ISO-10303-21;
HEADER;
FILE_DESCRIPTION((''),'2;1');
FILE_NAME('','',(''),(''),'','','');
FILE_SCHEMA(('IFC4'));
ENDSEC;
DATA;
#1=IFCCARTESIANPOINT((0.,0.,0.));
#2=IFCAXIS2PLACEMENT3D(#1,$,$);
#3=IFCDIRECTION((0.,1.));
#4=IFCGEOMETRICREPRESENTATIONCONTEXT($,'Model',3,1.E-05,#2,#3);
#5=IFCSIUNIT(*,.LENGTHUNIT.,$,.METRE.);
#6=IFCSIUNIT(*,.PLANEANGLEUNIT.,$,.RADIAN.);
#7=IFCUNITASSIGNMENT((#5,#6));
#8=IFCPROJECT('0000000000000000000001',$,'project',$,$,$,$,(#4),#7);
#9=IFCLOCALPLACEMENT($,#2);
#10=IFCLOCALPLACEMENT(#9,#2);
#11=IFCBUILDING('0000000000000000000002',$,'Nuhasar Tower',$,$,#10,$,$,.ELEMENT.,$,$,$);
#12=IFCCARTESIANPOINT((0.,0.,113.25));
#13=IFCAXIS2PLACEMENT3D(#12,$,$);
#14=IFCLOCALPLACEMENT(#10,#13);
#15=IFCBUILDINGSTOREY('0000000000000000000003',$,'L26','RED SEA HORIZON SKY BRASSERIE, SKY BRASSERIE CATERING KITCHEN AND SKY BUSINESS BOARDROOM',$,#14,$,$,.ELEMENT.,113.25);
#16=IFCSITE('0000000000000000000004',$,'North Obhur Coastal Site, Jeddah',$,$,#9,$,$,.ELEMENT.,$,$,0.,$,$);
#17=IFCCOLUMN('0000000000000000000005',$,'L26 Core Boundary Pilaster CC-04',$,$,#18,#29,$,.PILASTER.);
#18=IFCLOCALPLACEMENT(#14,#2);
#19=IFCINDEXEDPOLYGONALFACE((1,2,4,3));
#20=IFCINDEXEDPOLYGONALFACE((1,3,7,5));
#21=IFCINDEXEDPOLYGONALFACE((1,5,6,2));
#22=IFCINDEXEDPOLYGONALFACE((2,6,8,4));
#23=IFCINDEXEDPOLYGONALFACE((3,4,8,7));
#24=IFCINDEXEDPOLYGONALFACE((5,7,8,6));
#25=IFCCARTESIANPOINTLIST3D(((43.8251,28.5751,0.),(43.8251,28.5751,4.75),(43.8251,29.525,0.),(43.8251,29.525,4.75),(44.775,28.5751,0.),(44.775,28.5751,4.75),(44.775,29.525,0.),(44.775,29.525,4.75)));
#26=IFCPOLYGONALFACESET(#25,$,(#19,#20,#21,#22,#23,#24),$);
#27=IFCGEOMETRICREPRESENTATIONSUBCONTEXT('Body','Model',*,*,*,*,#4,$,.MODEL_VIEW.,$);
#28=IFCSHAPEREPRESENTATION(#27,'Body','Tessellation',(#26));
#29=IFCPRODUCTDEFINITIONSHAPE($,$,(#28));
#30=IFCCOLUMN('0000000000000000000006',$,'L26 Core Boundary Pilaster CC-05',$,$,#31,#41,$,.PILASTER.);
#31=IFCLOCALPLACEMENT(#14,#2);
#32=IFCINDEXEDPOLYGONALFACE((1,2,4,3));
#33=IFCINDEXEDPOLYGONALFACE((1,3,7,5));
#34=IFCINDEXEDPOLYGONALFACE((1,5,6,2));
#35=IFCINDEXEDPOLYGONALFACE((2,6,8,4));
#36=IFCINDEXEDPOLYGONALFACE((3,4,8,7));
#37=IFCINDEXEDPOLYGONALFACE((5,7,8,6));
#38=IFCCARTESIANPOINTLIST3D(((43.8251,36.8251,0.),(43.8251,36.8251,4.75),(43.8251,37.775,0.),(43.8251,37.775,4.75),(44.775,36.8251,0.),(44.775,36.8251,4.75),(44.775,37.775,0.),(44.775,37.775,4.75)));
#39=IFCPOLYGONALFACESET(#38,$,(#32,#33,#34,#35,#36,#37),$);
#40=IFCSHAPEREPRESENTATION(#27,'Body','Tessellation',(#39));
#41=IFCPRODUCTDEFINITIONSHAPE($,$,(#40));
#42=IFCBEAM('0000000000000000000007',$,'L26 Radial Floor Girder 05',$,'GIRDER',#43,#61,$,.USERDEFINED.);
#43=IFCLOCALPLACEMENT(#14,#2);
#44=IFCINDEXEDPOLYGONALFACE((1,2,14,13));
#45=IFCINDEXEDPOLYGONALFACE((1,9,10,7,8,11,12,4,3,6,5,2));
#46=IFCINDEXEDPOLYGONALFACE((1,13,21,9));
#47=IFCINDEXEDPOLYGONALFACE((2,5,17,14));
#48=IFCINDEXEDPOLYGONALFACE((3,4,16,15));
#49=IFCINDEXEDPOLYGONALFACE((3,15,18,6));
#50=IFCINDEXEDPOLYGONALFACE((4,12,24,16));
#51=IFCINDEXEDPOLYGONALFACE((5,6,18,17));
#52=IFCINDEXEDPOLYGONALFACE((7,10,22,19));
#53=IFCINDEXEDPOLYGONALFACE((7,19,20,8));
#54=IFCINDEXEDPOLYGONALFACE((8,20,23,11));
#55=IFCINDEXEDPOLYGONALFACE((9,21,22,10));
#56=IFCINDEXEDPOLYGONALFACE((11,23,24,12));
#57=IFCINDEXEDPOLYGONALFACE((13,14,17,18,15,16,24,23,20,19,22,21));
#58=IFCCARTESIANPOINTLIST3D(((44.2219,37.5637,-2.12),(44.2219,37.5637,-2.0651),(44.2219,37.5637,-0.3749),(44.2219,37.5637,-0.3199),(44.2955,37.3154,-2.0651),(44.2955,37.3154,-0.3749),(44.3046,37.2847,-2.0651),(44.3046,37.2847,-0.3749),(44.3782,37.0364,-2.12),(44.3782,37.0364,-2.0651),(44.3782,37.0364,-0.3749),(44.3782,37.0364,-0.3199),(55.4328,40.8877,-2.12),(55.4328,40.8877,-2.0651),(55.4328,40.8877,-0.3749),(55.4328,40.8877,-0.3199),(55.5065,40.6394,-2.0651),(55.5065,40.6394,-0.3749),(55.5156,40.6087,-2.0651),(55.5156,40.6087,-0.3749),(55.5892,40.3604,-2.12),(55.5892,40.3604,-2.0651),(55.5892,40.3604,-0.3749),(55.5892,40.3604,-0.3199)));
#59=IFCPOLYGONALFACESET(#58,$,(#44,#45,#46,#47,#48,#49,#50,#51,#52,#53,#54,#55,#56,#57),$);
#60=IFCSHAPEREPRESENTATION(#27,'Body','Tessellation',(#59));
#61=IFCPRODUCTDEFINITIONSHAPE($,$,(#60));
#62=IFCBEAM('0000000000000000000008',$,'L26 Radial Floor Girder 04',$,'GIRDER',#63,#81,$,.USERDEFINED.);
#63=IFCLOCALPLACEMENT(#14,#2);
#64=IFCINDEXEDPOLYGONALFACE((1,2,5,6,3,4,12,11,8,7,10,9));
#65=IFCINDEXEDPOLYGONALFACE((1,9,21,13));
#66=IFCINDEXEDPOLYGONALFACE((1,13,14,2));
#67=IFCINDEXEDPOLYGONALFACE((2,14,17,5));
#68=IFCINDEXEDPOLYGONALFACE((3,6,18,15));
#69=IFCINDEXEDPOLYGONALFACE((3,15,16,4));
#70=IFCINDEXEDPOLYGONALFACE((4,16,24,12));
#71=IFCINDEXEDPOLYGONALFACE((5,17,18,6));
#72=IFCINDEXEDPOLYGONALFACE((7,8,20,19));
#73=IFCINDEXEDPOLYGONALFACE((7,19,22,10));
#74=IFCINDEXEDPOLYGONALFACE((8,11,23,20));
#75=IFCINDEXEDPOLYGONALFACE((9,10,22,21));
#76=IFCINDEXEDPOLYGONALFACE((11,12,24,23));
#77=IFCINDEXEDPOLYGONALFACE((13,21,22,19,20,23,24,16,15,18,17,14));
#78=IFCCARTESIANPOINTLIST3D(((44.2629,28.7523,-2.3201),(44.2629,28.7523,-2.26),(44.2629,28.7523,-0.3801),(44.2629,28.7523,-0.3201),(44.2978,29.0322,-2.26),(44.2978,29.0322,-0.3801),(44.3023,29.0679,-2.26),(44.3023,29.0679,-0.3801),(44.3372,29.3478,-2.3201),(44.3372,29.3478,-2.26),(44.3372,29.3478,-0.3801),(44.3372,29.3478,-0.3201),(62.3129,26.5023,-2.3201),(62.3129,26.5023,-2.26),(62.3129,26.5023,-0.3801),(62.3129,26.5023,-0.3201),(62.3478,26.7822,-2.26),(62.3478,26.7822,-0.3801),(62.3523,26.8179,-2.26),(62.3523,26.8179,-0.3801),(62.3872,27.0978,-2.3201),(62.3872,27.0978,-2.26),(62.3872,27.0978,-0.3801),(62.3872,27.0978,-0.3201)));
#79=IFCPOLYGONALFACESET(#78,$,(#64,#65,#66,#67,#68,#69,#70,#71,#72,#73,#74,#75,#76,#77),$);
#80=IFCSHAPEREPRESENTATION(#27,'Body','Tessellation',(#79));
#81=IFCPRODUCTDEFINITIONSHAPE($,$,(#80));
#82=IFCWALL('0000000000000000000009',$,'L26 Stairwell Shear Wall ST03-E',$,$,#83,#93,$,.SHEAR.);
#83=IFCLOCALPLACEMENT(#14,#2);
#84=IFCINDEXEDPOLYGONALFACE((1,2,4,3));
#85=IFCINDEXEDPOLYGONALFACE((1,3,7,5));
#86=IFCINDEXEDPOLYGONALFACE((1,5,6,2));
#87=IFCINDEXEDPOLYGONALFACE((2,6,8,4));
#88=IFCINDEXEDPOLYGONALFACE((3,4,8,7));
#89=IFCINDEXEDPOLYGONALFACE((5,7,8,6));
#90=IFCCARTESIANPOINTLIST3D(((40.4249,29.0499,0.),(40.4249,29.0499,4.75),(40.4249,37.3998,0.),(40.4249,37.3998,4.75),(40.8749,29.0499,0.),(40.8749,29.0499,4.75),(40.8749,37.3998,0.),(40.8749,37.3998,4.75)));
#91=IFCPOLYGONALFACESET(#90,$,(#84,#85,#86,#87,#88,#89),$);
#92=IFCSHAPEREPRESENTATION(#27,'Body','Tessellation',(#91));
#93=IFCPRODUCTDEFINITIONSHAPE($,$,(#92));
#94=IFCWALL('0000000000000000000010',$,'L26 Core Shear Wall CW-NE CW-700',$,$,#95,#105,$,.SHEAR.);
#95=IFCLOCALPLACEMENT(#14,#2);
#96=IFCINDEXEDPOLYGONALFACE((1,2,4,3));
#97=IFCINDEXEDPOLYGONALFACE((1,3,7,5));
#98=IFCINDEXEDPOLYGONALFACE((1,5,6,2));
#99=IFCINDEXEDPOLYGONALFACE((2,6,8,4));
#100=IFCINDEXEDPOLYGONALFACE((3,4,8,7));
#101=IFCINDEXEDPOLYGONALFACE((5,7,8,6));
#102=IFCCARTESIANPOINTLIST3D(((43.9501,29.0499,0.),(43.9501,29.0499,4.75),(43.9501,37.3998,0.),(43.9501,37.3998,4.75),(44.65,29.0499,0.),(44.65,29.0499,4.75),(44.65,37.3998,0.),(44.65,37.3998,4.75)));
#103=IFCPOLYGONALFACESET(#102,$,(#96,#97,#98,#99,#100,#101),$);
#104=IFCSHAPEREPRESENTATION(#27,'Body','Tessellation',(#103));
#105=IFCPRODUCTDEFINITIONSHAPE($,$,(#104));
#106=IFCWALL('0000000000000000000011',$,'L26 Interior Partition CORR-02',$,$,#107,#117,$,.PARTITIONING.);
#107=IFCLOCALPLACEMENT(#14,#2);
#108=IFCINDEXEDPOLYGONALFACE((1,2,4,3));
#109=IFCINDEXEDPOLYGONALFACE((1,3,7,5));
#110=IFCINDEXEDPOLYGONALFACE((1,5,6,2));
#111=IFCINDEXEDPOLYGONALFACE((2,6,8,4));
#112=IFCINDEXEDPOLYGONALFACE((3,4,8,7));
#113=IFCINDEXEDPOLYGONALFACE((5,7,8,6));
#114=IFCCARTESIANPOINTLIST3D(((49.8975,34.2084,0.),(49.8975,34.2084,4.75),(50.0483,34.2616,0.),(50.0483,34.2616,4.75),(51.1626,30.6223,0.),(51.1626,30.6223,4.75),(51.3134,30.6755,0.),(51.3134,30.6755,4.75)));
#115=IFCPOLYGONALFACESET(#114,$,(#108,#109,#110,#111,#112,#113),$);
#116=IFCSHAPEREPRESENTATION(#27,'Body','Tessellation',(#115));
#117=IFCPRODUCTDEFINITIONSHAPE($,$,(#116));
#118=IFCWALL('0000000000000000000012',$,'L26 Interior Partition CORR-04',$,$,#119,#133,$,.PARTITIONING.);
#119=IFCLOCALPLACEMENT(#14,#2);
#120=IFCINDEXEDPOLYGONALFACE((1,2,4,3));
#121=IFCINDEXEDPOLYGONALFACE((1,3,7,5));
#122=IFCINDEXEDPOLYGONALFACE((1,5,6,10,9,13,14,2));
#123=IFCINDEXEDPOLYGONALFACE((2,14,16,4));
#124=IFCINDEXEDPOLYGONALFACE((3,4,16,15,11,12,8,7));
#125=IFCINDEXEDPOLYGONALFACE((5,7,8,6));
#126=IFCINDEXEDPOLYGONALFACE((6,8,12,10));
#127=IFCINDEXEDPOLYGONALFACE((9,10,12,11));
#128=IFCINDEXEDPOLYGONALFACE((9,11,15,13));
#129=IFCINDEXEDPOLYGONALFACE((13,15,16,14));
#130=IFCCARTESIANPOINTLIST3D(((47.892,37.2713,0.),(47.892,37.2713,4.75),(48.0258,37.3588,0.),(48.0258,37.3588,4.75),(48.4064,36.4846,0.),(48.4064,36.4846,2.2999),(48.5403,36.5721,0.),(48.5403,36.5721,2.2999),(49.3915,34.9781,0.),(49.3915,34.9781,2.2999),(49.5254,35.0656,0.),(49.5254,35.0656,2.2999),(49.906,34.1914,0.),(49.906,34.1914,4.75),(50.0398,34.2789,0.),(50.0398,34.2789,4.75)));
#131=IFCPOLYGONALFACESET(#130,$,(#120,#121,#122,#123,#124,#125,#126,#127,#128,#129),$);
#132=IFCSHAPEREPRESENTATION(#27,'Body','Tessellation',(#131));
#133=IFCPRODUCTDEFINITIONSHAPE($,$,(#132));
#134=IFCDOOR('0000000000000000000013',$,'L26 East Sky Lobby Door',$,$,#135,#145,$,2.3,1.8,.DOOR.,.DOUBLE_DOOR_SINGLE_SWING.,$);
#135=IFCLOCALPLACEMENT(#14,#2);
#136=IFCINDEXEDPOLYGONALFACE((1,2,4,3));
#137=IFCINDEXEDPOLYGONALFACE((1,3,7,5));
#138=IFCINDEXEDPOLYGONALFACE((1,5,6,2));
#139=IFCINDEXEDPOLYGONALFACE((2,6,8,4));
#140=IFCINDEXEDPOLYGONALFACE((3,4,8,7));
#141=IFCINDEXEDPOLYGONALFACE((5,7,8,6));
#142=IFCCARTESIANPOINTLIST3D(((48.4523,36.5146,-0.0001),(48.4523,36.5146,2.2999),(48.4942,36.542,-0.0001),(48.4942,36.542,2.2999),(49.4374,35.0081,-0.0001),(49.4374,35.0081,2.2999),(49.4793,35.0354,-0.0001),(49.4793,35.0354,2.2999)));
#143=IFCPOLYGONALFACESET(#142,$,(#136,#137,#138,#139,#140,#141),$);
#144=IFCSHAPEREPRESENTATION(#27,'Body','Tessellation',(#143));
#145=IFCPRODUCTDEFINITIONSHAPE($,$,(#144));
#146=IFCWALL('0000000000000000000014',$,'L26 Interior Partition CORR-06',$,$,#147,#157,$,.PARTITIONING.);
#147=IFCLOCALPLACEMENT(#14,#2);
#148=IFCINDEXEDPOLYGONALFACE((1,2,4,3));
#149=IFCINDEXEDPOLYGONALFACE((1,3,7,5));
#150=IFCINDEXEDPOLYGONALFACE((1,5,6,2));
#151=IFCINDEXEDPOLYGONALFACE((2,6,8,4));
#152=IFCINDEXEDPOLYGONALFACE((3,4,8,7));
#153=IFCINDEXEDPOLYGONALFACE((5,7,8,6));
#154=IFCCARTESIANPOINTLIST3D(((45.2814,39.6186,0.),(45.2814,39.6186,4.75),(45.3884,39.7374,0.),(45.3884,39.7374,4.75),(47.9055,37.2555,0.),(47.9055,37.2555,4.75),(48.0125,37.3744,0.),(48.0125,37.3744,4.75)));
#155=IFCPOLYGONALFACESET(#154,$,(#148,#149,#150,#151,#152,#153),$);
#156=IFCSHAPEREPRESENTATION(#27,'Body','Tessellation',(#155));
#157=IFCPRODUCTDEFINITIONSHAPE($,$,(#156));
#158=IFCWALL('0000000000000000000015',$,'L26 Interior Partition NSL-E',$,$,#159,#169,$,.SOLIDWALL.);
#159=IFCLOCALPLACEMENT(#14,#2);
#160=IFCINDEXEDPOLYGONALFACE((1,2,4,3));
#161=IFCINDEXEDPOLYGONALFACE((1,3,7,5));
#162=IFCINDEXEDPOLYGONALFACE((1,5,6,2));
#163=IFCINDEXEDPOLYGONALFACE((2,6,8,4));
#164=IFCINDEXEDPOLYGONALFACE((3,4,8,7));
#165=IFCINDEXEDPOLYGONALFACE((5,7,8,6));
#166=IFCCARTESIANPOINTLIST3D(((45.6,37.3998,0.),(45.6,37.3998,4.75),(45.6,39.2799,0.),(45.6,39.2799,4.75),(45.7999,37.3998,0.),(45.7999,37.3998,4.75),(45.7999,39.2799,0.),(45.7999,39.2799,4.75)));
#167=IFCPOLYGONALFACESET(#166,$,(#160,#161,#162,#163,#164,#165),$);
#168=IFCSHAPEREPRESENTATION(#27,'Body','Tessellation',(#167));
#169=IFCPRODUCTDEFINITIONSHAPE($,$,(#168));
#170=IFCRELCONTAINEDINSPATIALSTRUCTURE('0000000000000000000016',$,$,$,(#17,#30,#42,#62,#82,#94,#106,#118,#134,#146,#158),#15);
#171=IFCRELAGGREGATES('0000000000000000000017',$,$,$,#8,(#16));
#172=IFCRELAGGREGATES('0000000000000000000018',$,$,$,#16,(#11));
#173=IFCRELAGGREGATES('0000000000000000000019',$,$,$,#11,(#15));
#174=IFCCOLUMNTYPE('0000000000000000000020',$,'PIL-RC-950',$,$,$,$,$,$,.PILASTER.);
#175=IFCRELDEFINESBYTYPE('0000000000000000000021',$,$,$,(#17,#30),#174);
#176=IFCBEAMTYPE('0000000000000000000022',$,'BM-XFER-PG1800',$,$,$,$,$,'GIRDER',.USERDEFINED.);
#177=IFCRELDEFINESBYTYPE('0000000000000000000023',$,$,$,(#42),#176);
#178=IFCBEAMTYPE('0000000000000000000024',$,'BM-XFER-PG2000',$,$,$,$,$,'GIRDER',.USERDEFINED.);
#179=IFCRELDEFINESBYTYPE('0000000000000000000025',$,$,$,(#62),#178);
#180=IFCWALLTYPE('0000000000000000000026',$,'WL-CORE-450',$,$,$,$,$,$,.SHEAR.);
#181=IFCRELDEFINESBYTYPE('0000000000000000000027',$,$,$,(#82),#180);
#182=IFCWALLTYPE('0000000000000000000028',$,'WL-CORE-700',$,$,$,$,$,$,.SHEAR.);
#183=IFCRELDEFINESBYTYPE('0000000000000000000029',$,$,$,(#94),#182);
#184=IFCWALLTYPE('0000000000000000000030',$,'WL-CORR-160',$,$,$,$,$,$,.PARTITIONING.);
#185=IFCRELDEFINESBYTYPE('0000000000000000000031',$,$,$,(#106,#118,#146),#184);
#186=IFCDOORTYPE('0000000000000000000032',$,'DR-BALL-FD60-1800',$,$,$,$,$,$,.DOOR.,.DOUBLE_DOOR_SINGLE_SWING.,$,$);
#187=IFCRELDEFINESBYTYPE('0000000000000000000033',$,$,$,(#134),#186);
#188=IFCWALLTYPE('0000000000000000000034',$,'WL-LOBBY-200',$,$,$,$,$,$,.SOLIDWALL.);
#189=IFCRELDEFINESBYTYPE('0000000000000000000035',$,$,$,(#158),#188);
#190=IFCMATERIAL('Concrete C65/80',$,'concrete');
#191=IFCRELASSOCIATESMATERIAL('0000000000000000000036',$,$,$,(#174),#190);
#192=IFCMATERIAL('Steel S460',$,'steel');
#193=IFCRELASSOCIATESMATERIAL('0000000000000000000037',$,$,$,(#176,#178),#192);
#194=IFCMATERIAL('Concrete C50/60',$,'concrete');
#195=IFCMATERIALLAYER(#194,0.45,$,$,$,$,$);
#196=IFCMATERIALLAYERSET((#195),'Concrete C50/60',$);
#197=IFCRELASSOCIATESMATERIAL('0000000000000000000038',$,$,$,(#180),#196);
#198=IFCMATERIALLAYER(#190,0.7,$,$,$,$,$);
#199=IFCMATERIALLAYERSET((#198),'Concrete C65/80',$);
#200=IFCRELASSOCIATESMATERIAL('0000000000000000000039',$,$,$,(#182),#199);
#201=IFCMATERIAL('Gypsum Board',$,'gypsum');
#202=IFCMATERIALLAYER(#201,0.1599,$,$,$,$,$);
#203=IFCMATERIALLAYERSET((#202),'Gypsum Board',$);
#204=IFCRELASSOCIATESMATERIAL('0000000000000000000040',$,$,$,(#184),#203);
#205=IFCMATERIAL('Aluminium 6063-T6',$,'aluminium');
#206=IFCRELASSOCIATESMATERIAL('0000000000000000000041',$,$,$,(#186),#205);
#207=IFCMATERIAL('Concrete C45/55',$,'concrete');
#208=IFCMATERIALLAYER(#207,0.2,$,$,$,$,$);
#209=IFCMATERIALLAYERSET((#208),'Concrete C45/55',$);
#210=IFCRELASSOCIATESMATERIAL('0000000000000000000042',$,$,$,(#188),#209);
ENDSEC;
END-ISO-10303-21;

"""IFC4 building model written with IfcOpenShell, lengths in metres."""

from ifc_helpers import new_model, si_unit, direction, frame, frame_2d, origin, origin_2d, place, context, subcontext, project, spatial, rectangle, i_section, extrude, material, layer, layer_set, material_profile, profile_set, type_object, element, fill, save


model = new_model("IFC4")

# Units and contexts
model_context = context("Model", 3, precision=1e-05, world=origin(), true_north=direction((0.0, 1.0)))
body_context = subcontext(model_context, "Body", "Model", "MODEL_VIEW")
ifc_project = project(units=[si_unit("LENGTHUNIT", "METRE"), si_unit("PLANEANGLEUNIT", "RADIAN")], contexts=[model_context])

# Site, building, storey
site_placement = place(None, origin())
site = spatial("IfcSite", under=ifc_project, at=site_placement, Name="North Obhur Coastal Site, Jeddah", CompositionType="ELEMENT", RefElevation=0.0)
building_placement = place(site_placement, origin())
building = spatial("IfcBuilding", under=site, at=building_placement, Name="Nuhasar Tower", CompositionType="ELEMENT")
storey_placement = place(building_placement, frame((0.0, 0.0, 113.25)))
storey = spatial("IfcBuildingStorey", under=building, at=storey_placement, Name="L26", Description="RED SEA HORIZON SKY BRASSERIE, SKY BRASSERIE CATERING KITCHEN AND SKY BUSINESS BOARDROOM", CompositionType="ELEMENT", Elevation=113.25)

# Columns
ifc_material_1 = material(Name="Concrete C65/80", Category="concrete")
ifc_material_profile_1 = material_profile(ifc_material_1, rectangle(XDim=0.95, YDim=0.95, at=origin_2d()), Name="RC950X950")
ifc_profile_set_1 = profile_set([ifc_material_profile_1], Name="Concrete C65/80")
column_type = type_object("IfcColumnType", Name="PIL-RC-950", PredefinedType="PILASTER", material=ifc_profile_set_1)
for number, where, z_axis, x_axis, name in (
    (1, (44.3, 29.05, 0.0), (0.0, 0.0, 1.0), (1.0, 0.0, 0.0), "L26 Core Boundary Pilaster CC-04"),
    (2, (44.3, 37.3, 0.0), (0.0, 0.0, 1.0), (1.0, 0.0, 0.0), "L26 Core Boundary Pilaster CC-05"),
):
    element("IfcColumn", number, at=place(storey_placement, frame(where, z_axis=z_axis, x_axis=x_axis)), inside=storey, type_object=column_type, Name=name, PredefinedType="PILASTER", context=body_context, shape_type="SweptSolid", body=[
        extrude(rectangle(XDim=0.95, YDim=0.95, at=origin_2d()), origin(), (0.0, 0.0, 1.0), 4.75),
    ])

# Beams
ifc_material_2 = material(Name="Steel S460", Category="steel")
ifc_material_profile_2 = material_profile(ifc_material_2, i_section(OverallWidth=0.55, OverallDepth=1.8, WebThickness=0.032, FlangeThickness=0.0549, at=origin_2d()), Name="PG1800X550")
ifc_profile_set_2 = profile_set([ifc_material_profile_2], Name="Steel S460")
beam_type_1 = type_object("IfcBeamType", Name="BM-XFER-PG1800", ElementType="GIRDER", PredefinedType="USERDEFINED", material=ifc_profile_set_2)
beam_1_placement = place(storey_placement, frame((44.3, 37.3, -1.22), z_axis=(0.958746, 0.284262, 0.0), x_axis=(-0.284262, 0.958746, 0.0)))
element("IfcBeam", 3, at=beam_1_placement, inside=storey, type_object=beam_type_1, Name="L26 Radial Floor Girder 05", ObjectType="GIRDER", PredefinedType="USERDEFINED", context=body_context, shape_type="SweptSolid", body=[
    extrude(i_section(OverallWidth=0.55, OverallDepth=1.8, WebThickness=0.032, FlangeThickness=0.0549, at=origin_2d()), origin(), (0.0, 0.0, 1.0), 11.6934),
])
ifc_material_profile_3 = material_profile(ifc_material_2, i_section(OverallWidth=0.6001, OverallDepth=2.0, WebThickness=0.0359, FlangeThickness=0.0601, at=origin_2d()), Name="PG2000X600")
ifc_profile_set_3 = profile_set([ifc_material_profile_3], Name="Steel S460")
beam_type_2 = type_object("IfcBeamType", Name="BM-XFER-PG2000", ElementType="GIRDER", PredefinedType="USERDEFINED", material=ifc_profile_set_3)
beam_2_placement = place(storey_placement, frame((44.3, 29.05, -1.3201), z_axis=(0.99232, -0.123696, 0.0), x_axis=(0.123696, 0.99232, 0.0)))
element("IfcBeam", 4, at=beam_2_placement, inside=storey, type_object=beam_type_2, Name="L26 Radial Floor Girder 04", ObjectType="GIRDER", PredefinedType="USERDEFINED", context=body_context, shape_type="SweptSolid", body=[
    extrude(i_section(OverallWidth=0.6001, OverallDepth=2.0, WebThickness=0.0359, FlangeThickness=0.0601, at=origin_2d()), origin(), (0.0, 0.0, 1.0), 18.1897),
])

# Shared definitions
ifc_material_3 = material(Name="Concrete C50/60", Category="concrete")
ifc_layer_1 = layer(ifc_material_3, 0.45)
ifc_layer_set_1 = layer_set([ifc_layer_1], Name="Concrete C50/60")
wall_type_1 = type_object("IfcWallType", Name="WL-CORE-450", PredefinedType="SHEAR", material=ifc_layer_set_1)

# Wall
wall_1_placement = place(storey_placement, frame((40.6499, 29.05, 0.0), z_axis=(0.0, 0.0, 1.0), x_axis=(0.0, 1.0, 0.0)))
element("IfcWall", 5, at=wall_1_placement, inside=storey, type_object=wall_type_1, Name="L26 Stairwell Shear Wall ST03-E", PredefinedType="SHEAR", context=body_context, shape_type="SweptSolid", body=[
    extrude(rectangle(XDim=8.3499, YDim=0.45, at=frame_2d((4.1748, 0.0))), origin(), (0.0, 0.0, 1.0), 4.75),
])

# Walls
ifc_layer_2 = layer(ifc_material_1, 0.7)
ifc_layer_set_2 = layer_set([ifc_layer_2], Name="Concrete C65/80")
wall_type_2 = type_object("IfcWallType", Name="WL-CORE-700", PredefinedType="SHEAR", material=ifc_layer_set_2)
wall_2_placement = place(storey_placement, frame((44.3, 29.05, 0.0), z_axis=(0.0, 0.0, 1.0), x_axis=(0.0, 1.0, 0.0)))
element("IfcWall", 6, at=wall_2_placement, inside=storey, type_object=wall_type_2, Name="L26 Core Shear Wall CW-NE CW-700", PredefinedType="SHEAR", context=body_context, shape_type="SweptSolid", body=[
    extrude(rectangle(XDim=8.3499, YDim=0.7, at=frame_2d((4.1748, 0.0))), origin(), (0.0, 0.0, 1.0), 4.75),
])
ifc_material_4 = material(Name="Gypsum Board", Category="gypsum")
ifc_layer_3 = layer(ifc_material_4, 0.1599)
ifc_layer_set_3 = layer_set([ifc_layer_3], Name="Gypsum Board")
wall_type_3 = type_object("IfcWallType", Name="WL-CORR-160", PredefinedType="PARTITIONING", material=ifc_layer_set_3)
wall_3_placement = place(storey_placement, frame((51.238, 30.6489, 0.0), z_axis=(0.0, 0.0, 1.0), x_axis=(-0.332686, 0.943038, 0.0)))
element("IfcWall", 7, at=wall_3_placement, inside=storey, type_object=wall_type_3, Name="L26 Interior Partition CORR-02", PredefinedType="PARTITIONING", context=body_context, shape_type="SweptSolid", body=[
    extrude(rectangle(XDim=3.8027, YDim=0.1599, at=frame_2d((1.9014, 0.0))), origin(), (0.0, 0.0, 1.0), 4.75),
])

# Wall, opening, door
wall_4_placement = place(storey_placement, frame((47.959, 37.3149, 0.0), z_axis=(0.0, 0.0, 1.0), x_axis=(0.547283, -0.836947, 0.0)))
wall_4 = element("IfcWall", 8, at=wall_4_placement, inside=storey, type_object=wall_type_3, Name="L26 Interior Partition CORR-04", PredefinedType="PARTITIONING", context=body_context, shape_type="SweptSolid", body=[
    extrude(rectangle(XDim=3.6799, YDim=0.1599, at=frame_2d((1.8398, 0.0))), origin(), (0.0, 0.0, 1.0), 4.75),
])
opening_1_placement = place(wall_4_placement, frame((0.9399, 0.0, 0.0)))
opening_1 = element("IfcOpeningElement", 9, at=opening_1_placement, cuts=wall_4, PredefinedType="OPENING", context=body_context, shape_type="SweptSolid", body=[
    extrude(rectangle(XDim=1.8, YDim=2.3, at=frame_2d((0.8999, 1.1499))), frame((0.0, 0.0898, 0.0), z_axis=(0.0, -1.0, 0.0), x_axis=(1.0, 0.0, 0.0)), (0.0, 0.0, 1.0), 0.1799),
])
ifc_material_5 = material(Name="Aluminium 6063-T6", Category="aluminium")
door_type_1 = type_object("IfcDoorType", Name="DR-BALL-FD60-1800", OperationType="DOUBLE_DOOR_SINGLE_SWING", PredefinedType="DOOR", material=ifc_material_5)
door_1_placement = place(opening_1_placement, origin())
door_1 = element("IfcDoor", 10, at=door_1_placement, inside=storey, type_object=door_type_1, Name="L26 East Sky Lobby Door", OperationType="DOUBLE_DOOR_SINGLE_SWING", OverallHeight=2.3, OverallWidth=1.8, PredefinedType="DOOR", context=body_context, shape_type="SweptSolid", body=[
    extrude(rectangle(XDim=1.8, YDim=2.3, at=frame_2d((0.8999, 1.1499))), frame((0.0, 0.0249, 0.0), z_axis=(0.0, -1.0, 0.0), x_axis=(1.0, 0.0, 0.0)), (0.0, 0.0, 1.0), 0.05),
])
fill(opening_1, door_1)

# Walls
wall_5_placement = place(storey_placement, frame((47.959, 37.3149, 0.0), z_axis=(0.0, 0.0, 1.0), x_axis=(-0.743095, 0.669186, 0.0)))
element("IfcWall", 11, at=wall_5_placement, inside=storey, type_object=wall_type_3, Name="L26 Interior Partition CORR-06", PredefinedType="PARTITIONING", context=body_context, shape_type="SweptSolid", body=[
    extrude(rectangle(XDim=3.5312, YDim=0.1599, at=frame_2d((1.7656, 0.0))), origin(), (0.0, 0.0, 1.0), 4.75),
])
ifc_material_6 = material(Name="Concrete C45/55", Category="concrete")
ifc_layer_4 = layer(ifc_material_6, 0.2)
ifc_layer_set_4 = layer_set([ifc_layer_4], Name="Concrete C45/55")
wall_type_4 = type_object("IfcWallType", Name="WL-LOBBY-200", PredefinedType="SOLIDWALL", material=ifc_layer_set_4)
wall_6_placement = place(storey_placement, frame((45.7, 37.3999, 0.0), z_axis=(0.0, 0.0, 1.0), x_axis=(0.0, 1.0, 0.0)))
element("IfcWall", 12, at=wall_6_placement, inside=storey, type_object=wall_type_4, Name="L26 Interior Partition NSL-E", PredefinedType="SOLIDWALL", context=body_context, shape_type="SweptSolid", body=[
    extrude(rectangle(XDim=1.8801, YDim=0.2, at=frame_2d((0.9399, 0.0))), origin(), (0.0, 0.0, 1.0), 4.75),
])

save(model, "model.ifc")
